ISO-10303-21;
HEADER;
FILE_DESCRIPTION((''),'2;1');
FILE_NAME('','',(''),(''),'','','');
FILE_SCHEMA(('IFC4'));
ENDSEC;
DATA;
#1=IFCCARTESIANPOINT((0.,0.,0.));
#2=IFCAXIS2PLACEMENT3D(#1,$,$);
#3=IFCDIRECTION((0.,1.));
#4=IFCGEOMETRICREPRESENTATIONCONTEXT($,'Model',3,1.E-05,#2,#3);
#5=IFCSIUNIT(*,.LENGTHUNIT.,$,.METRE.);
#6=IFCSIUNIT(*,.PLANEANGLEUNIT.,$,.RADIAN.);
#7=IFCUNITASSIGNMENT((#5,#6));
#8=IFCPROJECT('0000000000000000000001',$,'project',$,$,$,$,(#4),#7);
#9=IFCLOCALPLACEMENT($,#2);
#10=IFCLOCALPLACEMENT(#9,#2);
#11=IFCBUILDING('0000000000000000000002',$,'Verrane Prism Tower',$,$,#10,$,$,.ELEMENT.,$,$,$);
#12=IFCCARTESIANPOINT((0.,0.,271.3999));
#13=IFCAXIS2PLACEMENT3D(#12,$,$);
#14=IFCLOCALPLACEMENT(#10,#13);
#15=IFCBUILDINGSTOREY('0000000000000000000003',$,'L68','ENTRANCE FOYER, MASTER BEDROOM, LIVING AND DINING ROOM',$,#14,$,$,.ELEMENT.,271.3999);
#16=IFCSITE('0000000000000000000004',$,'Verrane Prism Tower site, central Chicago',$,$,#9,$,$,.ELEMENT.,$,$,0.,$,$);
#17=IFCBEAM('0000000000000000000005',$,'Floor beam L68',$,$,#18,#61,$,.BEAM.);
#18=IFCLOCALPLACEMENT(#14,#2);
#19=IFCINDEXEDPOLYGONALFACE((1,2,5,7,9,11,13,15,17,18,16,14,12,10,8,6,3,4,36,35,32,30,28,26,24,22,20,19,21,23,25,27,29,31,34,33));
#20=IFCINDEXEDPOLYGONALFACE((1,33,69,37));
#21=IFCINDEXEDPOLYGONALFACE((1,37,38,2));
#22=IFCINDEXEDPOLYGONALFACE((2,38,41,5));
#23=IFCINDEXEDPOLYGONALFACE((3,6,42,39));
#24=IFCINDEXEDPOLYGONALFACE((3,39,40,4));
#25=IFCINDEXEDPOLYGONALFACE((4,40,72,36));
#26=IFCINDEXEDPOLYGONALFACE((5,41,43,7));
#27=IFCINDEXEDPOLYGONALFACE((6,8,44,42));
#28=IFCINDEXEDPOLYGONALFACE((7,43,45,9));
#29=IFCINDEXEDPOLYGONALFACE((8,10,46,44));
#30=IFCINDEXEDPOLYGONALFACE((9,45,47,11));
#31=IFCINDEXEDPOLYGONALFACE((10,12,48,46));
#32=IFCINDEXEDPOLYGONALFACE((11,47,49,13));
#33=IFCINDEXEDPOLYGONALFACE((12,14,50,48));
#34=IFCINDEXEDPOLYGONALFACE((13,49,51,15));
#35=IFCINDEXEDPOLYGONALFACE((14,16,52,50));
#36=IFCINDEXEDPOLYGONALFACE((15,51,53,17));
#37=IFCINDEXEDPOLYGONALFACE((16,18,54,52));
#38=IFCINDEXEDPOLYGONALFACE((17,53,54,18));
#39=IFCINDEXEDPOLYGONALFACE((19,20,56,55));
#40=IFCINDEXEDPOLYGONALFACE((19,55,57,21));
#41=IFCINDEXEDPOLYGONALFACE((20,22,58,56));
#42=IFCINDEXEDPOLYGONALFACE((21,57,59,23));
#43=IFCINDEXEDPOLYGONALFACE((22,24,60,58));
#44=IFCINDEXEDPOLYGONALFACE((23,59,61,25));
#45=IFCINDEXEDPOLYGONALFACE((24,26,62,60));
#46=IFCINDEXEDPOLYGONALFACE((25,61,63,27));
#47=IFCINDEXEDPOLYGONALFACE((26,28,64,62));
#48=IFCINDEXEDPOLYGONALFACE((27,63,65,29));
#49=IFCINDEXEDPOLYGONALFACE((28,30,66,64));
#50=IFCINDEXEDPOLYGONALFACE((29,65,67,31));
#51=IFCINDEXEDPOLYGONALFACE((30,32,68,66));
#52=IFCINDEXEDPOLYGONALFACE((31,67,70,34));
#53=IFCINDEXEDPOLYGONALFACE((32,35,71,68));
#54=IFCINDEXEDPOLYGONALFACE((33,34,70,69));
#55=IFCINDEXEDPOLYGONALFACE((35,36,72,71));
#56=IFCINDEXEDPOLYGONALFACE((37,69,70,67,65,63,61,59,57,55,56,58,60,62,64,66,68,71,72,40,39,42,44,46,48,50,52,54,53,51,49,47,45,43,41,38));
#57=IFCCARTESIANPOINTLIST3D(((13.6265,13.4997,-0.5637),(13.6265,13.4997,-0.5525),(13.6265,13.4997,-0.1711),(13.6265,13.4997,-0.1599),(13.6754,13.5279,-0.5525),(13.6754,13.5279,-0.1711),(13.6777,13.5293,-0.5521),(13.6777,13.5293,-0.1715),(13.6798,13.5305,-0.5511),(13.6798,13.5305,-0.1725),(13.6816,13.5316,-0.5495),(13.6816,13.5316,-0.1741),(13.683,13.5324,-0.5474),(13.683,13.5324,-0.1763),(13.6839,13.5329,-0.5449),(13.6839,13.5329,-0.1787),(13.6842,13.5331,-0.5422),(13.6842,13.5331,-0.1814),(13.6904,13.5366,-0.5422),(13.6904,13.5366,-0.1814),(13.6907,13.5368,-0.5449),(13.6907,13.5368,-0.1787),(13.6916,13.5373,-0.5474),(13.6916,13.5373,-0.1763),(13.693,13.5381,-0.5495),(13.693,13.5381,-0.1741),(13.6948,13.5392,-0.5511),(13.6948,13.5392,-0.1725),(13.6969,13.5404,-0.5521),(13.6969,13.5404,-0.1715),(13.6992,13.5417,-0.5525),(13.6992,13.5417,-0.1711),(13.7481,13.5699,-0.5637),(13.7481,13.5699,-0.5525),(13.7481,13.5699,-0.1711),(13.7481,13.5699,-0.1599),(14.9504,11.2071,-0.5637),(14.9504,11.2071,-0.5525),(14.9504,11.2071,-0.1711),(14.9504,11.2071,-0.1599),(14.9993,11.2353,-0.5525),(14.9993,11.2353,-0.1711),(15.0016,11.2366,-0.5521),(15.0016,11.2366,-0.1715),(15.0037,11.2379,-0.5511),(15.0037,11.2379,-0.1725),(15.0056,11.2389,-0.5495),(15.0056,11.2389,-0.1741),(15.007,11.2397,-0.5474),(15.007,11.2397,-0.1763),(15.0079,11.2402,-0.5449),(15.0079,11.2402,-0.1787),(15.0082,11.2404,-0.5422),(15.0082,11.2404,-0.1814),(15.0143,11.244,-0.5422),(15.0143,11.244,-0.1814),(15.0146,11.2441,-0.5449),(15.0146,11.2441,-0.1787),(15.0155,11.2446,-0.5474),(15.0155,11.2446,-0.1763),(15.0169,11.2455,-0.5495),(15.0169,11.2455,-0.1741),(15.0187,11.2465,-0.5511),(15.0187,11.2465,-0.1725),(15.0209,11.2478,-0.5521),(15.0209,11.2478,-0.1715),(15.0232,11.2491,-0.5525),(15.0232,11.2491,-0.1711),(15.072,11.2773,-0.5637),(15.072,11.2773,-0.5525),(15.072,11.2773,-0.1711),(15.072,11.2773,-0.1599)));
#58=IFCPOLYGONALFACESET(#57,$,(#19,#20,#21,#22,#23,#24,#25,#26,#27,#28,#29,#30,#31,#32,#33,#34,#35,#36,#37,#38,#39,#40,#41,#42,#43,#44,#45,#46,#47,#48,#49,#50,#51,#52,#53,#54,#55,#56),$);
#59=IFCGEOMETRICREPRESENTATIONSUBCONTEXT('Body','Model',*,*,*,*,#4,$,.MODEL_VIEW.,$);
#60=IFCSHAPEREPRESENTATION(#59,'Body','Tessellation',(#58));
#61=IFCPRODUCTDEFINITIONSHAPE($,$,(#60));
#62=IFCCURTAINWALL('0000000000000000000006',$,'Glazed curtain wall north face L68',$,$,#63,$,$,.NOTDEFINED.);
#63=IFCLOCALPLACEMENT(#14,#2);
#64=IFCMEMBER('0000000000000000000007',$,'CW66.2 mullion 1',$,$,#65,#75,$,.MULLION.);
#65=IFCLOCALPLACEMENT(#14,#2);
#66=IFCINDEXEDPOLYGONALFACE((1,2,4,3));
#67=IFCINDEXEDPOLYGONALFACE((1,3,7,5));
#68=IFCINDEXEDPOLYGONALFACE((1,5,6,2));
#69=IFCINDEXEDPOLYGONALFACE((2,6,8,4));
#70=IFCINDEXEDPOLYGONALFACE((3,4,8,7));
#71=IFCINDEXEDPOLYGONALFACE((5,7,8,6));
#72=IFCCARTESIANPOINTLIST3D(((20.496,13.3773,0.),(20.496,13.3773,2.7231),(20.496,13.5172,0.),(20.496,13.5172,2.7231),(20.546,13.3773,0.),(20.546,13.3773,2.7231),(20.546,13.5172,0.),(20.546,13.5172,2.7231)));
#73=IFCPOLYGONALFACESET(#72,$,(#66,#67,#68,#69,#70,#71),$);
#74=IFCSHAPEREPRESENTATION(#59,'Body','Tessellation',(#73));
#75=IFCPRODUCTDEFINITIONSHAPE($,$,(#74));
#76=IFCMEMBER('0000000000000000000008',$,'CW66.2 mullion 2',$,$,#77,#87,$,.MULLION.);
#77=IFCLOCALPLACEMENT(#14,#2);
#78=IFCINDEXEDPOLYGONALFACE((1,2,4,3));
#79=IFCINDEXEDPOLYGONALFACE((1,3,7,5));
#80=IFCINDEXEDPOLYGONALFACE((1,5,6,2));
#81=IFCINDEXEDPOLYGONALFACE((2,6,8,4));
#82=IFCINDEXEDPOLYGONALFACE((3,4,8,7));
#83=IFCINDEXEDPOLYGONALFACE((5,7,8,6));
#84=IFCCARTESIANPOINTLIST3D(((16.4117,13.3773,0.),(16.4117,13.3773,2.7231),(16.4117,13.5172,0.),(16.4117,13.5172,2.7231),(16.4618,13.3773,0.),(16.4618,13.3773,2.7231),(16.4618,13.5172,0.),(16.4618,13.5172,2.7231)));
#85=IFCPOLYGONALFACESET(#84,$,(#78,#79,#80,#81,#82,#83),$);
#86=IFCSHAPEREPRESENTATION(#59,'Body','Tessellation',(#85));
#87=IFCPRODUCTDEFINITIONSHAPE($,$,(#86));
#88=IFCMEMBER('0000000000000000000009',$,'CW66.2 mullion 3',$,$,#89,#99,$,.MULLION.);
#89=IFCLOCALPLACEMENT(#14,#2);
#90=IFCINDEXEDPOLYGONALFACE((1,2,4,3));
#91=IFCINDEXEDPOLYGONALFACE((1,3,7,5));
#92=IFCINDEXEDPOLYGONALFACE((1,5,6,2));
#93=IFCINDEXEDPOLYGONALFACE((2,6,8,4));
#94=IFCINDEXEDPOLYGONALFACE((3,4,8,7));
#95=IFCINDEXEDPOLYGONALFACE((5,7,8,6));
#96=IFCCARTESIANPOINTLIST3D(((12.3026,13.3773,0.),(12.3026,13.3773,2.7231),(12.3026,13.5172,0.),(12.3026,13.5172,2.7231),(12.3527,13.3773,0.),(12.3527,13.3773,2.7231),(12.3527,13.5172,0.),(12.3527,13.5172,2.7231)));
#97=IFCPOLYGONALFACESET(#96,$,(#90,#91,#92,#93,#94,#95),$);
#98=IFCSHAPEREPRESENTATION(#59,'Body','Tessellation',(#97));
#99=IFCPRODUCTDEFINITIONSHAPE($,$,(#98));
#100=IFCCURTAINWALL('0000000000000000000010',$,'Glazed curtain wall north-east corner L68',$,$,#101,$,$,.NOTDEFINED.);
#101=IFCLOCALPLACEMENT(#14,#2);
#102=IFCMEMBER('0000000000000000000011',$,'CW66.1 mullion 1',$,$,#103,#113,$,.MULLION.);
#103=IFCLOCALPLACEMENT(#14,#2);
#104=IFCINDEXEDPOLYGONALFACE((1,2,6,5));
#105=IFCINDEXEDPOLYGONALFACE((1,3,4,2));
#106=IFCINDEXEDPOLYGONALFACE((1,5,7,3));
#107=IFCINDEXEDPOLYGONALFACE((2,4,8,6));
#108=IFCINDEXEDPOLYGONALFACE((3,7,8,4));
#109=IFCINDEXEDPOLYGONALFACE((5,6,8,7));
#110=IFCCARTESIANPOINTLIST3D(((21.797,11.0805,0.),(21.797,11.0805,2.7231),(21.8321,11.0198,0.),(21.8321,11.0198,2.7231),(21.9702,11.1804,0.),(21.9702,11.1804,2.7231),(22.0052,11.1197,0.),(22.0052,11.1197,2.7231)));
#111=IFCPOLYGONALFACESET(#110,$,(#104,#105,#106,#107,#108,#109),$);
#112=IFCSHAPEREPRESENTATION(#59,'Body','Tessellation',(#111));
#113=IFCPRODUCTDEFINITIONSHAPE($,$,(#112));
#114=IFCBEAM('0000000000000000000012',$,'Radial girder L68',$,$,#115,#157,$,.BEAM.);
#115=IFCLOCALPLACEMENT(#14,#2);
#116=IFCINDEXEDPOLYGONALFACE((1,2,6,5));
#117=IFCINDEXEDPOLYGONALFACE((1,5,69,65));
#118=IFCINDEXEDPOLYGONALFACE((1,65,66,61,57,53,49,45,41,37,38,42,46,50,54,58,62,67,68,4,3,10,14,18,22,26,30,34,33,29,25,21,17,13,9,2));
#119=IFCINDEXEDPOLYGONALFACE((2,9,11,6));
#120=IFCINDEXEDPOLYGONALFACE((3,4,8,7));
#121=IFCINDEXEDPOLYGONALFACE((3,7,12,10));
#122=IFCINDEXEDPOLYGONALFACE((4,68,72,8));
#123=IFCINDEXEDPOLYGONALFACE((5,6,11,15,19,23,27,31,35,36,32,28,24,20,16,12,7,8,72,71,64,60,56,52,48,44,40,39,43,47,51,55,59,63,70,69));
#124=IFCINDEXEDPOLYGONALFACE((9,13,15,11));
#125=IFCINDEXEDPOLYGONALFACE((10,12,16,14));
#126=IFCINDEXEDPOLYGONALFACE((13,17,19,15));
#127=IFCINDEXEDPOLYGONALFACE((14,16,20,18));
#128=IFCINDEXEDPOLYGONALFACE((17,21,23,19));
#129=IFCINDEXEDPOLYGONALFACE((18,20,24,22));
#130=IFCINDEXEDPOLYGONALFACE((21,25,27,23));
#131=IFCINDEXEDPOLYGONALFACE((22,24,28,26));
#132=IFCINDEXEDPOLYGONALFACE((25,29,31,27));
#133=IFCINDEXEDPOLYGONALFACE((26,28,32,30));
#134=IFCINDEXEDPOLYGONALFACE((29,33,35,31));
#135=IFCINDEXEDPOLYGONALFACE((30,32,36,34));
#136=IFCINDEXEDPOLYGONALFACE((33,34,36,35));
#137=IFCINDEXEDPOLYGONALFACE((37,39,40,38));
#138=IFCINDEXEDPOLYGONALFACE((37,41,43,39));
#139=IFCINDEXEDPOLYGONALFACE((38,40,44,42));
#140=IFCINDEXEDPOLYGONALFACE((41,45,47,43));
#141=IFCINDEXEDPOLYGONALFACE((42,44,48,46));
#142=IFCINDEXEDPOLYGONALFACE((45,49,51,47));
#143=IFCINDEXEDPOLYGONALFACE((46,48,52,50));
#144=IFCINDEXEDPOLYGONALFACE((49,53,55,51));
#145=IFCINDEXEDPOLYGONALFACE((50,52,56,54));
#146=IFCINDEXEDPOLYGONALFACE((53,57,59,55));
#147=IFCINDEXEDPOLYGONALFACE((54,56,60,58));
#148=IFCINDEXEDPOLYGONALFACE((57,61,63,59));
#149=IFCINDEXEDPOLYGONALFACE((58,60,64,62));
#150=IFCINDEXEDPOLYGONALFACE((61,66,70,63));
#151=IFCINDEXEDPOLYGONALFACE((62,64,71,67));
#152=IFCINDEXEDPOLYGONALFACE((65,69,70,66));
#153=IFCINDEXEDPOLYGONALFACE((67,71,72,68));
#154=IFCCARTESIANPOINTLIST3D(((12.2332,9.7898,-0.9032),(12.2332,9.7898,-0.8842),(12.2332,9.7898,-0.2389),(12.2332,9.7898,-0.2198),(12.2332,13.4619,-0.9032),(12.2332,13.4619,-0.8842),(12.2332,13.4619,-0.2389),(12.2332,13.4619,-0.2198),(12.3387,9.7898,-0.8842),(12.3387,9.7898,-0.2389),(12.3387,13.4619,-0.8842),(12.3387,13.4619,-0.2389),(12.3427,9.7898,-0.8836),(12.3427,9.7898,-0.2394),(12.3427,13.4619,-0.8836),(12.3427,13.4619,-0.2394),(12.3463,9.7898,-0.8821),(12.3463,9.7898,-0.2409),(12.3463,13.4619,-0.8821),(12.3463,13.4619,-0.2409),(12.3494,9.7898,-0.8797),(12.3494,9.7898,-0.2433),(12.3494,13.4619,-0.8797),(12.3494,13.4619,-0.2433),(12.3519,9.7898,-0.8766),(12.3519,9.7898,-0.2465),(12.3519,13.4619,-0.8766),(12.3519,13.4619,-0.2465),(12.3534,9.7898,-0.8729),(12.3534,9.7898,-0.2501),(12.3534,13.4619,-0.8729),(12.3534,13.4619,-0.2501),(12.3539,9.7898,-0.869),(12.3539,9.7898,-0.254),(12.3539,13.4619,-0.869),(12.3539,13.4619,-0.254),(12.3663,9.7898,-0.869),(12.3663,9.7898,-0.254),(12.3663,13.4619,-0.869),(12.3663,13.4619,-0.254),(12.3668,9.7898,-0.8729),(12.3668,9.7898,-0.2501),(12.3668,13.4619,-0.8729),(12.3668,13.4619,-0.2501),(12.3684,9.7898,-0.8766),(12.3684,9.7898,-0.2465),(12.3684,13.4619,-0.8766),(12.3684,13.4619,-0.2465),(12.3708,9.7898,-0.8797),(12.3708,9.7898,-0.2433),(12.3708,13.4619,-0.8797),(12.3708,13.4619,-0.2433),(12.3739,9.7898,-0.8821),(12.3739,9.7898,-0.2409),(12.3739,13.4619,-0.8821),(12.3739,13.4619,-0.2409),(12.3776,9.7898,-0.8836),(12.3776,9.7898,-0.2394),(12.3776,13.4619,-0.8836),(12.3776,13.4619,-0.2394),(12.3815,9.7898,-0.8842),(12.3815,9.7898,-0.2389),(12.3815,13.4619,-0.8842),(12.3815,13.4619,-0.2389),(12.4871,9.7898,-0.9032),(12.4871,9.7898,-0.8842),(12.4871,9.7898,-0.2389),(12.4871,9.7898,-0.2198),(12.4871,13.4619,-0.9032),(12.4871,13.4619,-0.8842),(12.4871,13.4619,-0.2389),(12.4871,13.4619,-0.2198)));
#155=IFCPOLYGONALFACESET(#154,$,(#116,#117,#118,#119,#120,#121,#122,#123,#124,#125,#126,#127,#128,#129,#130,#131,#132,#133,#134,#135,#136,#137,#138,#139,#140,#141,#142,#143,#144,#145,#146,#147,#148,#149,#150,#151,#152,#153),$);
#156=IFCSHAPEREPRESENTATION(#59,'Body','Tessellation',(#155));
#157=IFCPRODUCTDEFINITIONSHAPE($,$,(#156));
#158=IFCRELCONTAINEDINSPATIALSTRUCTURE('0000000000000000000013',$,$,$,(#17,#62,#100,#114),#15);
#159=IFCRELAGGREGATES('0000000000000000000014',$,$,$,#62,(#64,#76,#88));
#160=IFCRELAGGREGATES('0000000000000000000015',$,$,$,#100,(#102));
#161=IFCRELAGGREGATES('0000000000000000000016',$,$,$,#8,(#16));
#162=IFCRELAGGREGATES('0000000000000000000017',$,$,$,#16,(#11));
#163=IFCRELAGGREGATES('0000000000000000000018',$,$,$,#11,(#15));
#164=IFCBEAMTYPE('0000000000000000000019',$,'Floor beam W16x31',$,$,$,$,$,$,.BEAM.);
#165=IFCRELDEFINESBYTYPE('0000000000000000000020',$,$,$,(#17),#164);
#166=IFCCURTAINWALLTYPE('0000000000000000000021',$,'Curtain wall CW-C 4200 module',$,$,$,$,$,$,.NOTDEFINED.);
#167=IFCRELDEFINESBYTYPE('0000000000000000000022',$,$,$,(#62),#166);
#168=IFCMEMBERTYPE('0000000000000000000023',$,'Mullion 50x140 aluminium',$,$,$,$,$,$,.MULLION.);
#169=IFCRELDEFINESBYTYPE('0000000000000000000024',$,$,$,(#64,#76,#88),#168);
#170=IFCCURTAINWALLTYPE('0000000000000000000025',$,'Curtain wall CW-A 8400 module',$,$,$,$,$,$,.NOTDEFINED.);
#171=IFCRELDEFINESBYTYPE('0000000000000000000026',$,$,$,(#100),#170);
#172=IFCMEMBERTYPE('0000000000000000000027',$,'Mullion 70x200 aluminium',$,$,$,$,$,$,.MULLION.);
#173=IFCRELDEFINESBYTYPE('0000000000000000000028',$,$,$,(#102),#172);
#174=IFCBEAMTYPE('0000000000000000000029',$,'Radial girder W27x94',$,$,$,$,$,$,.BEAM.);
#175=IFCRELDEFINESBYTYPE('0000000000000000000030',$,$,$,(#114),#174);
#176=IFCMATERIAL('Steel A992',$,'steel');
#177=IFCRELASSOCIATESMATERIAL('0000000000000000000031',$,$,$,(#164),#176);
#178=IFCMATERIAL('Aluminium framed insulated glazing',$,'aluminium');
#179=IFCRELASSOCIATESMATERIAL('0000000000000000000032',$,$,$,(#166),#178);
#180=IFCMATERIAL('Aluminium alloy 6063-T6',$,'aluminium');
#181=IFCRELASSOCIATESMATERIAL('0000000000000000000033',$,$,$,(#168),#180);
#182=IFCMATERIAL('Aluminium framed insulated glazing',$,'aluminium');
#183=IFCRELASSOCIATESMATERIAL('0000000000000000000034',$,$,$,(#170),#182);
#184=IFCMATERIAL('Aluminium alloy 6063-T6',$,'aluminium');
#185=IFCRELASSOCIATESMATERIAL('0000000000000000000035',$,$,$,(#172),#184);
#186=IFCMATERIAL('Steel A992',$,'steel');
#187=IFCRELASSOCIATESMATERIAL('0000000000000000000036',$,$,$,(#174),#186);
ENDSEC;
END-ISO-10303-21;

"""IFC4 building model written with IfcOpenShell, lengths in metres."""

from ifc_helpers import new_model, si_unit, direction, frame, origin, origin_2d, place, context, subcontext, project, spatial, rectangle, i_section, extrude, material, material_profile, profile_set, type_object, element, aggregate, save


model = new_model("IFC4")

# Units and contexts
model_context = context("Model", 3, precision=1e-05, world=origin(), true_north=direction((0.0, 1.0)))
body_context = subcontext(model_context, "Body", "Model", "MODEL_VIEW")
ifc_project = project(units=[si_unit("LENGTHUNIT", "METRE"), si_unit("PLANEANGLEUNIT", "RADIAN")], contexts=[model_context])

# Site, building, storey
site_placement = place(None, origin())
site = spatial("IfcSite", under=ifc_project, at=site_placement, Name="Verrane Prism Tower site, central Chicago", CompositionType="ELEMENT", RefElevation=0.0)
building_placement = place(site_placement, origin())
building = spatial("IfcBuilding", under=site, at=building_placement, Name="Verrane Prism Tower", CompositionType="ELEMENT")
storey_placement = place(building_placement, frame((0.0, 0.0, 271.3999)))
storey = spatial("IfcBuildingStorey", under=building, at=storey_placement, Name="L68", Description="ENTRANCE FOYER, MASTER BEDROOM, LIVING AND DINING ROOM", CompositionType="ELEMENT", Elevation=271.3999)

# Beam
ifc_material_1 = material(Name="Steel A992", Category="steel")
ifc_material_profile_1 = material_profile(ifc_material_1, i_section(OverallWidth=0.1404, OverallDepth=0.4038, WebThickness=0.0071, FlangeThickness=0.0112, FilletRadius=0.0103, at=origin_2d()), Name="W16x31")
ifc_profile_set_1 = profile_set([ifc_material_profile_1], Name="Steel A992")
beam_type_1 = type_object("IfcBeamType", Name="Floor beam W16x31", PredefinedType="BEAM", material=ifc_profile_set_1)
beam_1_placement = place(storey_placement, frame((15.0112, 11.2422, -0.3618), z_axis=(-0.500076, 0.865981, 0.0), x_axis=(-0.865981, -0.500076, 0.0)))
element("IfcBeam", 1, at=beam_1_placement, inside=storey, type_object=beam_type_1, Name="Floor beam L68", PredefinedType="BEAM", context=body_context, shape_type="SweptSolid", body=[
    extrude(i_section(OverallWidth=0.1404, OverallDepth=0.4038, WebThickness=0.0071, FlangeThickness=0.0112, FilletRadius=0.0103, at=origin_2d()), origin(), (0.0, 0.0, 1.0), 2.6475),
])

# Curtain wall, members
ifc_material_2 = material(Name="Aluminium framed insulated glazing", Category="aluminium")
curtain_wall_type_1 = type_object("IfcCurtainWallType", Name="Curtain wall CW-C 4200 module", PredefinedType="NOTDEFINED", material=ifc_material_2)
curtain_wall_1_placement = place(storey_placement, origin())
curtain_wall_1 = element("IfcCurtainWall", 2, at=curtain_wall_1_placement, inside=storey, type_object=curtain_wall_type_1, Name="Glazed curtain wall north face L68", PredefinedType="NOTDEFINED")
ifc_material_3 = material(Name="Aluminium alloy 6063-T6", Category="aluminium")
ifc_material_profile_2 = material_profile(ifc_material_3, rectangle(XDim=0.1399, YDim=0.05, at=origin_2d()), Name="Mullion 50x140 aluminium")
ifc_profile_set_2 = profile_set([ifc_material_profile_2], Name="Aluminium alloy 6063-T6")
member_type_1 = type_object("IfcMemberType", Name="Mullion 50x140 aluminium", PredefinedType="MULLION", material=ifc_profile_set_2)
member_1_placement = place(storey_placement, frame((20.521, 13.4473, 0.0), z_axis=(0.0, 0.0, 1.0), x_axis=(0.0, -1.0, 0.0)))
member_1 = element("IfcMember", 3, at=member_1_placement, type_object=member_type_1, Name="CW66.2 mullion 1", PredefinedType="MULLION", context=body_context, shape_type="SweptSolid", body=[
    extrude(rectangle(XDim=0.1399, YDim=0.05, at=origin_2d()), origin(), (0.0, 0.0, 1.0), 2.7231),
])
member_2_placement = place(storey_placement, frame((16.4368, 13.4473, 0.0), z_axis=(0.0, 0.0, 1.0), x_axis=(0.0, -1.0, 0.0)))
member_2 = element("IfcMember", 4, at=member_2_placement, type_object=member_type_1, Name="CW66.2 mullion 2", PredefinedType="MULLION", context=body_context, shape_type="SweptSolid", body=[
    extrude(rectangle(XDim=0.1399, YDim=0.05, at=origin_2d()), origin(), (0.0, 0.0, 1.0), 2.7231),
])
member_3_placement = place(storey_placement, frame((12.3276, 13.4473, 0.0), z_axis=(0.0, 0.0, 1.0), x_axis=(0.0, -1.0, 0.0)))
member_3 = element("IfcMember", 5, at=member_3_placement, type_object=member_type_1, Name="CW66.2 mullion 3", PredefinedType="MULLION", context=body_context, shape_type="SweptSolid", body=[
    extrude(rectangle(XDim=0.1399, YDim=0.05, at=origin_2d()), origin(), (0.0, 0.0, 1.0), 2.7231),
])

# Curtain wall, member
ifc_material_4 = material(Name="Aluminium framed insulated glazing", Category="aluminium")
curtain_wall_type_2 = type_object("IfcCurtainWallType", Name="Curtain wall CW-A 8400 module", PredefinedType="NOTDEFINED", material=ifc_material_4)
curtain_wall_2_placement = place(storey_placement, origin())
curtain_wall_2 = element("IfcCurtainWall", 6, at=curtain_wall_2_placement, inside=storey, type_object=curtain_wall_type_2, Name="Glazed curtain wall north-east corner L68", PredefinedType="NOTDEFINED")
ifc_material_5 = material(Name="Aluminium alloy 6063-T6", Category="aluminium")
ifc_material_profile_3 = material_profile(ifc_material_5, rectangle(XDim=0.2, YDim=0.0701, at=origin_2d()), Name="Mullion 70x200 aluminium")
ifc_profile_set_3 = profile_set([ifc_material_profile_3], Name="Aluminium alloy 6063-T6")
member_type_2 = type_object("IfcMemberType", Name="Mullion 70x200 aluminium", PredefinedType="MULLION", material=ifc_profile_set_3)
member_4_placement = place(storey_placement, frame((21.9011, 11.1001, 0.0), z_axis=(0.0, 0.0, 1.0), x_axis=(-0.866024, -0.500002, 0.0)))
member_4 = element("IfcMember", 7, at=member_4_placement, type_object=member_type_2, Name="CW66.1 mullion 1", PredefinedType="MULLION", context=body_context, shape_type="SweptSolid", body=[
    extrude(rectangle(XDim=0.2, YDim=0.0701, at=origin_2d()), origin(), (0.0, 0.0, 1.0), 2.7231),
])

# Beam
ifc_material_6 = material(Name="Steel A992", Category="steel")
ifc_material_profile_4 = material_profile(ifc_material_6, i_section(OverallWidth=0.2539, OverallDepth=0.6833, WebThickness=0.0125, FlangeThickness=0.019, FilletRadius=0.0151, at=origin_2d()), Name="W27x94")
ifc_profile_set_4 = profile_set([ifc_material_profile_4], Name="Steel A992")
beam_type_2 = type_object("IfcBeamType", Name="Radial girder W27x94", PredefinedType="BEAM", material=ifc_profile_set_4)
beam_2_placement = place(storey_placement, frame((12.3601, 13.4619, -0.5615), z_axis=(0.0, -1.0, 0.0), x_axis=(1.0, 0.0, 0.0)))
element("IfcBeam", 8, at=beam_2_placement, inside=storey, type_object=beam_type_2, Name="Radial girder L68", PredefinedType="BEAM", context=body_context, shape_type="SweptSolid", body=[
    extrude(i_section(OverallWidth=0.2539, OverallDepth=0.6833, WebThickness=0.0125, FlangeThickness=0.019, FilletRadius=0.0151, at=origin_2d()), origin(), (0.0, 0.0, 1.0), 3.6721),
])

aggregate(curtain_wall_1, [member_1, member_2, member_3])
aggregate(curtain_wall_2, [member_4])

save(model, "model.ifc")
